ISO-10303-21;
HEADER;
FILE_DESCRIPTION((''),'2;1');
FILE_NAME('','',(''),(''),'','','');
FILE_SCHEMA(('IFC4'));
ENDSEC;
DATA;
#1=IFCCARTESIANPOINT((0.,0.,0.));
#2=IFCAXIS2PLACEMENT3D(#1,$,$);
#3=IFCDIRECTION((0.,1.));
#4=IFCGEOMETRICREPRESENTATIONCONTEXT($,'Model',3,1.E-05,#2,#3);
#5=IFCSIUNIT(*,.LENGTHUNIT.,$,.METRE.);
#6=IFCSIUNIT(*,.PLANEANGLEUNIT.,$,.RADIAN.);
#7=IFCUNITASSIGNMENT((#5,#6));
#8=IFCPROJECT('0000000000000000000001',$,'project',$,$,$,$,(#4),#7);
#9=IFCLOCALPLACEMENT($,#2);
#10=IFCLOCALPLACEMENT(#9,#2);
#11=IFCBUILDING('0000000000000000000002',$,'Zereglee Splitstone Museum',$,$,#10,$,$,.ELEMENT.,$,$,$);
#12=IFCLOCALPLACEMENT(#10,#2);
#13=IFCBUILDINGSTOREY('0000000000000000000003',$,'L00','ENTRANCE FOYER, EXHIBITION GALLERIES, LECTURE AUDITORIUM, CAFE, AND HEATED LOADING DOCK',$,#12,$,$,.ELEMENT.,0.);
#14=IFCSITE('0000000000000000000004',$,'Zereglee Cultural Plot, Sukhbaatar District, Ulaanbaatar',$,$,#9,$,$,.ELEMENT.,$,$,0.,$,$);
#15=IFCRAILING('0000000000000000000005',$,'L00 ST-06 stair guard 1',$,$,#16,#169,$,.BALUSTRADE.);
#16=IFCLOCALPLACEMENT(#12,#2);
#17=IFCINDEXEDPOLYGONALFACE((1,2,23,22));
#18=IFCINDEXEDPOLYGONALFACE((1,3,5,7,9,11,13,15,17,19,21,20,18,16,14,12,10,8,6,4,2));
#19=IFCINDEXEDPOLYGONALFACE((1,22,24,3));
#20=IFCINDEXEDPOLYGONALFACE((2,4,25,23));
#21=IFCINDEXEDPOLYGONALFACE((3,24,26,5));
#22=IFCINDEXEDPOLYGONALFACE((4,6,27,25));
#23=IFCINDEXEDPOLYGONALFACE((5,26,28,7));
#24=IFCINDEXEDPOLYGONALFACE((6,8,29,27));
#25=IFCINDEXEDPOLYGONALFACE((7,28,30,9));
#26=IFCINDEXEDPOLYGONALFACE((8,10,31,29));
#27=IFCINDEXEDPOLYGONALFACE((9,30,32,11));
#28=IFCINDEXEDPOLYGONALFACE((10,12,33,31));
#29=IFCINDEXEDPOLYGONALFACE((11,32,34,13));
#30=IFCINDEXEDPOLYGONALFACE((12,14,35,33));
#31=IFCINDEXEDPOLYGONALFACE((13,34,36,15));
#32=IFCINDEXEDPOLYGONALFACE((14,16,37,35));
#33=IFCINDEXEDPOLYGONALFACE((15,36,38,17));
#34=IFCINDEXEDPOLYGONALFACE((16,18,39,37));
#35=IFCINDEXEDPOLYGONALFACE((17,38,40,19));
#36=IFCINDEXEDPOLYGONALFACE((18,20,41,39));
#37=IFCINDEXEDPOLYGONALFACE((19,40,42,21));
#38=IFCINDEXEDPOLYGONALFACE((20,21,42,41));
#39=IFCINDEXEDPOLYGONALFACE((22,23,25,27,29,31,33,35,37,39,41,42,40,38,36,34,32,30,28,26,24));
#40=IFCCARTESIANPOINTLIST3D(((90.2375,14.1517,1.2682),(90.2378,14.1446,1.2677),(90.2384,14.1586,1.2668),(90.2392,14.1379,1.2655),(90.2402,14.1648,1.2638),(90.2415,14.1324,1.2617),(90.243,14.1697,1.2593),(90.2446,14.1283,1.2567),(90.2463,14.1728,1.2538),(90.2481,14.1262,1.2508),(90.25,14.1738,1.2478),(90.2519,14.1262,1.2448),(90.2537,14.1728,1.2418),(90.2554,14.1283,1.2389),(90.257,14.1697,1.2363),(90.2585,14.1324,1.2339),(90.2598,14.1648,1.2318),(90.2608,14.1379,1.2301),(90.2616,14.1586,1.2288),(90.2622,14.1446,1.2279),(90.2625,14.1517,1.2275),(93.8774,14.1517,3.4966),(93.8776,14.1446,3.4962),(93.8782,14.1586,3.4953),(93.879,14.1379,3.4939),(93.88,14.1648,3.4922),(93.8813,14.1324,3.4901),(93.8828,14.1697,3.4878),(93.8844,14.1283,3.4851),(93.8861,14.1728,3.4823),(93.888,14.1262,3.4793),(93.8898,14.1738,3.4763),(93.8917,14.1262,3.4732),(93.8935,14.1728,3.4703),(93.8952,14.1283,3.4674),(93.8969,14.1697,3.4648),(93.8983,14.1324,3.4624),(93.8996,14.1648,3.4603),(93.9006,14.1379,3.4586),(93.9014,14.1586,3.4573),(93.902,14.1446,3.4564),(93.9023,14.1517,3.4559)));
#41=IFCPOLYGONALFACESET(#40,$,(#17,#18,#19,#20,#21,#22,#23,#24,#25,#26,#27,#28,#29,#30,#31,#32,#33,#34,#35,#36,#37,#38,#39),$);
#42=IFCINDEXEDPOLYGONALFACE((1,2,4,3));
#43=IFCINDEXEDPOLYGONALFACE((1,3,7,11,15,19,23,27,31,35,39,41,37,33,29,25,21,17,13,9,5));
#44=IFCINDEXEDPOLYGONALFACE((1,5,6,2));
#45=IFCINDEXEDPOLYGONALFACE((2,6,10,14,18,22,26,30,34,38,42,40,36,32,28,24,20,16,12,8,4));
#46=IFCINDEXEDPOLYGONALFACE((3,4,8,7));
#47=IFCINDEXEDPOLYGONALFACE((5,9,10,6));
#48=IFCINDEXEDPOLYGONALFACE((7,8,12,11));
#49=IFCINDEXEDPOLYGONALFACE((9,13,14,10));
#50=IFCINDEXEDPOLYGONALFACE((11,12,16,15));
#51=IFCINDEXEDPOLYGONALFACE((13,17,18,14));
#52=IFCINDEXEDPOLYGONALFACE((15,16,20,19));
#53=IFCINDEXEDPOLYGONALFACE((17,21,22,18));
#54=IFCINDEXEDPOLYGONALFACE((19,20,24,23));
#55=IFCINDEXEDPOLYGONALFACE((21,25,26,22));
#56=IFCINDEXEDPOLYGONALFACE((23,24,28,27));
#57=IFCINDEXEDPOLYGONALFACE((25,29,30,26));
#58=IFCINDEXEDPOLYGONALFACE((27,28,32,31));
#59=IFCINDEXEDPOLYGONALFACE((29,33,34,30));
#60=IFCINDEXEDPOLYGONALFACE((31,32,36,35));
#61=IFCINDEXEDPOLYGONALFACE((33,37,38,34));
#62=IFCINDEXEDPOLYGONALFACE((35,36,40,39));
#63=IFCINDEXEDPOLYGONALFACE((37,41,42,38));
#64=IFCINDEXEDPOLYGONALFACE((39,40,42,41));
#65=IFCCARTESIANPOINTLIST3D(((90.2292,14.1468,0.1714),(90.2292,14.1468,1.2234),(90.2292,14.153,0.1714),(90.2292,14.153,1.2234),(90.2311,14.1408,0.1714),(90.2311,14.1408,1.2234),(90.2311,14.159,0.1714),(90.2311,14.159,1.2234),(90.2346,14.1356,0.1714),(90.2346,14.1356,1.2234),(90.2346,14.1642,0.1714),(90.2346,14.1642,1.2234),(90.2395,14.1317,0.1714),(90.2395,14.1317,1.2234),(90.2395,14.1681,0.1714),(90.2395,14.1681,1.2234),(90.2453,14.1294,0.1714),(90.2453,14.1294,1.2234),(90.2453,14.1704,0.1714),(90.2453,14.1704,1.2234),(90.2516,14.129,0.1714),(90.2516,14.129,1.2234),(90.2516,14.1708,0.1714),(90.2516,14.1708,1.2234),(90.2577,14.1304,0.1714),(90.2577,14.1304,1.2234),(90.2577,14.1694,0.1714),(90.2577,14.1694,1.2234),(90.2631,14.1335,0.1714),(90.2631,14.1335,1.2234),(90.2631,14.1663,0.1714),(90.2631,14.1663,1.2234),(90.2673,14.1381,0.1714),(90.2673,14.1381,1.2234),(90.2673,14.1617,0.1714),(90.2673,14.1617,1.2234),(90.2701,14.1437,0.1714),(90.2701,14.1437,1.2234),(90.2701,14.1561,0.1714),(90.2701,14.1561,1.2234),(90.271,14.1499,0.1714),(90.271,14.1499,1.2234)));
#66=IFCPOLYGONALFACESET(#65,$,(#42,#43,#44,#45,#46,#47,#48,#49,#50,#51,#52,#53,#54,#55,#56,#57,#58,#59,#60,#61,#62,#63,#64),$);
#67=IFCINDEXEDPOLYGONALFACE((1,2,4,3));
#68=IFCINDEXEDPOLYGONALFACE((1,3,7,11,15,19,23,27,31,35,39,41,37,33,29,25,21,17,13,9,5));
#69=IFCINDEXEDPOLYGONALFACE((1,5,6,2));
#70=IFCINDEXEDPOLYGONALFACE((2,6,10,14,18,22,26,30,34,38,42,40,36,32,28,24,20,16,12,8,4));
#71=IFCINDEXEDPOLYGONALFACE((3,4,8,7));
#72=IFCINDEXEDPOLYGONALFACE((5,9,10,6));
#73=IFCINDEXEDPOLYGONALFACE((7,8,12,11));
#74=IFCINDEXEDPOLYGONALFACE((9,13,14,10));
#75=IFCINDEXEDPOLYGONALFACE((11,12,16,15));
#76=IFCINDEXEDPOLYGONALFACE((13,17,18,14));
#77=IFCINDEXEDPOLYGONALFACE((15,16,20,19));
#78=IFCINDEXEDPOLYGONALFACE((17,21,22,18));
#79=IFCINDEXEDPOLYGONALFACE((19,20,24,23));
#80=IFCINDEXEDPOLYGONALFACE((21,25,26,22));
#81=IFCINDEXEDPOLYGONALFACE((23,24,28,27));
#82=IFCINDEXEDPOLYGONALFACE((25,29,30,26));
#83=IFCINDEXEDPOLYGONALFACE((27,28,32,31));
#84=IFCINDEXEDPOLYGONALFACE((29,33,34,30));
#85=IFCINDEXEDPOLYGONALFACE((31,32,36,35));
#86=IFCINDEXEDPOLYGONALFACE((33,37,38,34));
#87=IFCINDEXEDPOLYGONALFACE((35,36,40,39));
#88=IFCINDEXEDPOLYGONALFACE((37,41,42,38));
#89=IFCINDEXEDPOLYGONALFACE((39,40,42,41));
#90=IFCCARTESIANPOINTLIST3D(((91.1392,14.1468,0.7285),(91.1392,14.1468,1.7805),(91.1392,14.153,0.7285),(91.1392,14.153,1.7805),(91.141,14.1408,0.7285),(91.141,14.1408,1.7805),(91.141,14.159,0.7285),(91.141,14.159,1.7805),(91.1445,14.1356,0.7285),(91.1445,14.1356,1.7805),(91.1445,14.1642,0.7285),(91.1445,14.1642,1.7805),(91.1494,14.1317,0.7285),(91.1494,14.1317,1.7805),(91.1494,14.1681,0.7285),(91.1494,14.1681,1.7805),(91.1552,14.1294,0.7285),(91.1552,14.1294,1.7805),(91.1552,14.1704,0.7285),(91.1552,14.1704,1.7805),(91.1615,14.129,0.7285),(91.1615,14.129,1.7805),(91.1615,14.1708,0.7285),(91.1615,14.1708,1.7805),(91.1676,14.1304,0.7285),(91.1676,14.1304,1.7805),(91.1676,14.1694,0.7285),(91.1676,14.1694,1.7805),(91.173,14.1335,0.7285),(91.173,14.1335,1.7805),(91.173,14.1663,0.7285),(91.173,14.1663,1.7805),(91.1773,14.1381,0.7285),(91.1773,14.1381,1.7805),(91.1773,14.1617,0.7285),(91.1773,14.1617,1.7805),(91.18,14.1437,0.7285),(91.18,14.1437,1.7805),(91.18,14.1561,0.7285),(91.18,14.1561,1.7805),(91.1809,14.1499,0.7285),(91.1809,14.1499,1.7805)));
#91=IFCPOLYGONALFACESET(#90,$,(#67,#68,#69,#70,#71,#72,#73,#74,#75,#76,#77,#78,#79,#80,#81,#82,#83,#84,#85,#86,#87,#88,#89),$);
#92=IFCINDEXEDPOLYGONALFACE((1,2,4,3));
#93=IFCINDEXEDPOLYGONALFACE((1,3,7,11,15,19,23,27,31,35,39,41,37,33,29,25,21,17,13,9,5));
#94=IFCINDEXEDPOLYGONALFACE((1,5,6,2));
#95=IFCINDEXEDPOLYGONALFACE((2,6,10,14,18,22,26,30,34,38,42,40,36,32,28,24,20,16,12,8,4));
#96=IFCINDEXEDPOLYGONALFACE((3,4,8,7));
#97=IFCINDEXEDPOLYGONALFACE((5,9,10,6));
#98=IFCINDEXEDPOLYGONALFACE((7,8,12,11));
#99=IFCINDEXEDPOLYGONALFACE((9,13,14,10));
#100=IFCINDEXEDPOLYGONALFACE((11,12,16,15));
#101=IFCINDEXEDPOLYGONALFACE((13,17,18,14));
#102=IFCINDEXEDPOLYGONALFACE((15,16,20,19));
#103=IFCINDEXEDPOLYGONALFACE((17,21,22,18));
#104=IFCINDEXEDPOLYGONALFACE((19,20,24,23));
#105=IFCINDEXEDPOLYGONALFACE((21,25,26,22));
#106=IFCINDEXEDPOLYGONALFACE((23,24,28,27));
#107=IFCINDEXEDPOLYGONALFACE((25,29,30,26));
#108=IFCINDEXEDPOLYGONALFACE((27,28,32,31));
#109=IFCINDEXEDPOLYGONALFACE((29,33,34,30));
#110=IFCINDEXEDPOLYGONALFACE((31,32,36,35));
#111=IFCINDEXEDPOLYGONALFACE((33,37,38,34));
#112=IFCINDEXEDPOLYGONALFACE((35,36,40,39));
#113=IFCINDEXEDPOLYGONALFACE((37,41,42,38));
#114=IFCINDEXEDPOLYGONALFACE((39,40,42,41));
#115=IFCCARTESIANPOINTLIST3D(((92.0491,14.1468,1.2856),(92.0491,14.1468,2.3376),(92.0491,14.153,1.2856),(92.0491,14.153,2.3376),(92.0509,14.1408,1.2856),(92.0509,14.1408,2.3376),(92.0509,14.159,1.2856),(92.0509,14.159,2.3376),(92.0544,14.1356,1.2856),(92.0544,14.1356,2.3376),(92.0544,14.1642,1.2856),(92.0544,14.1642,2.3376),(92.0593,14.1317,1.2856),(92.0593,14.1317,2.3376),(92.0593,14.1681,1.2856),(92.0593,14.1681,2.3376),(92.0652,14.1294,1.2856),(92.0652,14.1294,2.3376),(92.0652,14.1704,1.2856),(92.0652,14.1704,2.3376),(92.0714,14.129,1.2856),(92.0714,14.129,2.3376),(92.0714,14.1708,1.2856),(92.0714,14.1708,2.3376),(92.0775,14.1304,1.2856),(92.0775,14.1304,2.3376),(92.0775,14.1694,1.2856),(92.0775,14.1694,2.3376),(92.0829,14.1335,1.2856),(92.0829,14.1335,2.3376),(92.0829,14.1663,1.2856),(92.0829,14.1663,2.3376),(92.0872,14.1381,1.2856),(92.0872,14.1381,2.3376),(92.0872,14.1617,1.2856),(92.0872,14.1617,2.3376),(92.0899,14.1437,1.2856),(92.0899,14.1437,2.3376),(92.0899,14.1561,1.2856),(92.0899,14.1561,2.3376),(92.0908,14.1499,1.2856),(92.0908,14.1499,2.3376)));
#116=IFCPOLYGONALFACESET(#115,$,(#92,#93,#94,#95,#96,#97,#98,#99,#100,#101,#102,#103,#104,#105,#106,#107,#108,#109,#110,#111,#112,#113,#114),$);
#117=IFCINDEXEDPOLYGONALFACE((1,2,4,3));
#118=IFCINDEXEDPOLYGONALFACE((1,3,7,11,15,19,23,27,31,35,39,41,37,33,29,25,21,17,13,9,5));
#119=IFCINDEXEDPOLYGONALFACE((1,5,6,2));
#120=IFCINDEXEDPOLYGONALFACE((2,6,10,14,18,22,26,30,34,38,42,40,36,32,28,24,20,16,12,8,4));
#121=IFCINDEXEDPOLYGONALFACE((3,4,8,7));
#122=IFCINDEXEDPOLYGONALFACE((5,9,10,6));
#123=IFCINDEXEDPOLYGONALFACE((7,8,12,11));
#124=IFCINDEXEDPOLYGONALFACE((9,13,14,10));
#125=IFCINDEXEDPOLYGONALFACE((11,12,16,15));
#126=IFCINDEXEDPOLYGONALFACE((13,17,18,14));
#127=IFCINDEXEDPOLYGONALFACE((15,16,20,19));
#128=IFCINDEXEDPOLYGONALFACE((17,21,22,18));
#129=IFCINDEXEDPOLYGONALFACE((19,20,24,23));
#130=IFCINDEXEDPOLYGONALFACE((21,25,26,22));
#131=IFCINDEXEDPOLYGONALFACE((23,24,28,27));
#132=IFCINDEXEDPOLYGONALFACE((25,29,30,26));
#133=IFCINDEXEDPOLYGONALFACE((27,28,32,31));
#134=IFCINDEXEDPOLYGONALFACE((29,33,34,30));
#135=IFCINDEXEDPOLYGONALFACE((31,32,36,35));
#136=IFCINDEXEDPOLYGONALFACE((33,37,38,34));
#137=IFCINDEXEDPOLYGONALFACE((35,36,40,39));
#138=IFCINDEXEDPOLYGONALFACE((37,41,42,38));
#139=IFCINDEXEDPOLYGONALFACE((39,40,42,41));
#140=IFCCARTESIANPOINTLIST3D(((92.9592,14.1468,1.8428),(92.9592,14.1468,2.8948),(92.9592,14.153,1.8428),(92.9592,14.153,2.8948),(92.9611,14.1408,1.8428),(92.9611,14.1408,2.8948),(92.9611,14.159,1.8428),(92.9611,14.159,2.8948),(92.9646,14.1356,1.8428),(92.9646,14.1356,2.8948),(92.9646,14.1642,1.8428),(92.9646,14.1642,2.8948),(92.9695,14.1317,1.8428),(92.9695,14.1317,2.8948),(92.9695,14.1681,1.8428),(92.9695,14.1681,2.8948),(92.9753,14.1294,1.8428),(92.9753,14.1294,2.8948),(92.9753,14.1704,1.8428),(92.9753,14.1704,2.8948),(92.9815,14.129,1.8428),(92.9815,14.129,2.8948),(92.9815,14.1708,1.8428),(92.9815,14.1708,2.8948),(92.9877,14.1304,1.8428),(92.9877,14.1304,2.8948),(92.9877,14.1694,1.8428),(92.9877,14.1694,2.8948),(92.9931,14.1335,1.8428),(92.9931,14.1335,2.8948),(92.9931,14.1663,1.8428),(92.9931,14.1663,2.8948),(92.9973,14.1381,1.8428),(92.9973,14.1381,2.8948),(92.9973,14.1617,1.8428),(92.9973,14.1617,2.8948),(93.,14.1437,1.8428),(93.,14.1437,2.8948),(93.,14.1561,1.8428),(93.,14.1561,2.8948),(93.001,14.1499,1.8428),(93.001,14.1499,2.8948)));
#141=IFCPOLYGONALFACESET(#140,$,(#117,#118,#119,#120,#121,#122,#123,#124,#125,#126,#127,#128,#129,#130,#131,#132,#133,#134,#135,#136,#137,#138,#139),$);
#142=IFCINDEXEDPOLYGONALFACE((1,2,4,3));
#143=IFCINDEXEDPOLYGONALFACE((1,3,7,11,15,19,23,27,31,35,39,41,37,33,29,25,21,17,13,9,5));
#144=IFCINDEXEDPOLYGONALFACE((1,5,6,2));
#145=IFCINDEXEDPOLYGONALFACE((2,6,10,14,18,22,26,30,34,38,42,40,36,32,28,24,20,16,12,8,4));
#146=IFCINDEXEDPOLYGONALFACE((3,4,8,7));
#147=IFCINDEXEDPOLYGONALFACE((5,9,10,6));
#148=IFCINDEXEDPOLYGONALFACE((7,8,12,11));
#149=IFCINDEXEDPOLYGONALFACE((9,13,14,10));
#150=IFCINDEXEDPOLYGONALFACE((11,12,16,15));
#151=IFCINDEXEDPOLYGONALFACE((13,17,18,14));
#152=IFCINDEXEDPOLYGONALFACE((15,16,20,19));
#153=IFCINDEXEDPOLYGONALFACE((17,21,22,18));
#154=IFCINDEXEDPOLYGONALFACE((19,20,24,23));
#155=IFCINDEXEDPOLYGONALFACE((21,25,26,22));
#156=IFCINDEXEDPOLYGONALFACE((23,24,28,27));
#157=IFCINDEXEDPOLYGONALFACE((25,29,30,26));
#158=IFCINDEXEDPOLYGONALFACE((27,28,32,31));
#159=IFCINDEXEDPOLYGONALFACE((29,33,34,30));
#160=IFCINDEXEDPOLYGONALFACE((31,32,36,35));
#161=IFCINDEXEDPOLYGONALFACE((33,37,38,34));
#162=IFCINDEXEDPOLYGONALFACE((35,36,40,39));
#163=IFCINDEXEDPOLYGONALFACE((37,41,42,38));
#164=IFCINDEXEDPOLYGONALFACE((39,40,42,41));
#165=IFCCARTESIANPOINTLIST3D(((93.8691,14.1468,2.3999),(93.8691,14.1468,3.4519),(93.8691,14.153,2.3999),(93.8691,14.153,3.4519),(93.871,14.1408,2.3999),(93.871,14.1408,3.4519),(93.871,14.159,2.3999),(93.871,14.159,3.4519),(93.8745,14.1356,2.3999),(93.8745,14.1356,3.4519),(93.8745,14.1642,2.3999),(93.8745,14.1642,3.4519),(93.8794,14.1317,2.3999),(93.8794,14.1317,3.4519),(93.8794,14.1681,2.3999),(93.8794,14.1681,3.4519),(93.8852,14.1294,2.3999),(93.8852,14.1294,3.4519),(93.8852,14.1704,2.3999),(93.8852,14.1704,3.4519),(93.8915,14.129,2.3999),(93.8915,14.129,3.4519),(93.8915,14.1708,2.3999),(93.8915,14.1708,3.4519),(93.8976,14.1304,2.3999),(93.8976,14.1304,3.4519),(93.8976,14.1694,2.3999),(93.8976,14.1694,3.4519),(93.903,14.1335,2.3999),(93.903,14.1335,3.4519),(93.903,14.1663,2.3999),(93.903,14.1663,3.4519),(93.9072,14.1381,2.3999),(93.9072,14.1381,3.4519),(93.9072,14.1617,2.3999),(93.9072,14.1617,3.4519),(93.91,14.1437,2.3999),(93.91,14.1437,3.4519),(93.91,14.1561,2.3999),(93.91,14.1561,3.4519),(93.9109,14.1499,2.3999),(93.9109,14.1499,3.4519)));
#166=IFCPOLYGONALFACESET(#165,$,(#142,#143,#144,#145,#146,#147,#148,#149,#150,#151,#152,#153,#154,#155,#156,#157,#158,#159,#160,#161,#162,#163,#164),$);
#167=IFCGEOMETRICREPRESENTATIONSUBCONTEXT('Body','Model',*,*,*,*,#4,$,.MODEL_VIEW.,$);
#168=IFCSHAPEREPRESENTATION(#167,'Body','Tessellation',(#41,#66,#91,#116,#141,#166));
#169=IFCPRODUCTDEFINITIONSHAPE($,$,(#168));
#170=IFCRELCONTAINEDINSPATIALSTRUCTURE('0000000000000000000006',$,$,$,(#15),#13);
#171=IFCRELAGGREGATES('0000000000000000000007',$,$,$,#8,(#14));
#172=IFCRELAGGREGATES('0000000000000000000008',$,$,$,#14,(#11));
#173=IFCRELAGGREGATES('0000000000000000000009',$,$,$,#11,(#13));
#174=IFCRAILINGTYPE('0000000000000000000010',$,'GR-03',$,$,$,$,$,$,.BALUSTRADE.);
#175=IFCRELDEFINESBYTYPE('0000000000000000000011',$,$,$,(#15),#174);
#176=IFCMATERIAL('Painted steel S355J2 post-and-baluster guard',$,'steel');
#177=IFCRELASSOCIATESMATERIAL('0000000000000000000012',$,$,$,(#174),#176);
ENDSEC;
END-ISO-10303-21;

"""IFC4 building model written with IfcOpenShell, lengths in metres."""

from ifc_helpers import new_model, si_unit, direction, frame, origin, origin_2d, place, context, subcontext, project, spatial, circle, extrude, material, type_object, element, save


model = new_model("IFC4")

# Units and contexts
model_context = context("Model", 3, precision=1e-05, world=origin(), true_north=direction((0.0, 1.0)))
body_context = subcontext(model_context, "Body", "Model", "MODEL_VIEW")
ifc_project = project(units=[si_unit("LENGTHUNIT", "METRE"), si_unit("PLANEANGLEUNIT", "RADIAN")], contexts=[model_context])

# Site, building, storey
site_placement = place(None, origin())
site = spatial("IfcSite", under=ifc_project, at=site_placement, Name="Zereglee Cultural Plot, Sukhbaatar District, Ulaanbaatar", CompositionType="ELEMENT", RefElevation=0.0)
building_placement = place(site_placement, origin())
building = spatial("IfcBuilding", under=site, at=building_placement, Name="Zereglee Splitstone Museum", CompositionType="ELEMENT")
storey_placement = place(building_placement, origin())
storey = spatial("IfcBuildingStorey", under=building, at=storey_placement, Name="L00", Description="ENTRANCE FOYER, EXHIBITION GALLERIES, LECTURE AUDITORIUM, CAFE, AND HEATED LOADING DOCK", CompositionType="ELEMENT", Elevation=0.0)

# Railing
ifc_material_1 = material(Name="Painted steel S355J2 post-and-baluster guard", Category="steel")
railing_type_1 = type_object("IfcRailingType", Name="GR-03", PredefinedType="BALUSTRADE", material=ifc_material_1)
railing_1_placement = place(storey_placement, frame((90.25, 14.1499, 0.1714)))
element("IfcRailing", 1, at=railing_1_placement, inside=storey, type_object=railing_type_1, Name="L00 ST-06 stair guard 1", PredefinedType="BALUSTRADE", context=body_context, shape_type="SweptSolid", body=[
    extrude(circle(Radius=0.0239, at=origin_2d()), frame((0.0, 0.0, 1.0764), z_axis=(0.85285, 0.0, 0.522156), x_axis=(0.0, 1.0, 0.0)), (0.0, 0.0, 1.0), 4.2678),
    extrude(circle(Radius=0.021, at=origin_2d()), origin(), (0.0, 0.0, 1.0), 1.052),
    extrude(circle(Radius=0.021, at=origin_2d()), frame((0.9099, 0.0, 0.5571)), (0.0, 0.0, 1.0), 1.052),
    extrude(circle(Radius=0.021, at=origin_2d()), frame((1.8198, 0.0, 1.1143)), (0.0, 0.0, 1.0), 1.052),
    extrude(circle(Radius=0.021, at=origin_2d()), frame((2.73, 0.0, 1.6714)), (0.0, 0.0, 1.0), 1.052),
    extrude(circle(Radius=0.021, at=origin_2d()), frame((3.6399, 0.0, 2.2285)), (0.0, 0.0, 1.0), 1.052),
])

save(model, "model.ifc")
